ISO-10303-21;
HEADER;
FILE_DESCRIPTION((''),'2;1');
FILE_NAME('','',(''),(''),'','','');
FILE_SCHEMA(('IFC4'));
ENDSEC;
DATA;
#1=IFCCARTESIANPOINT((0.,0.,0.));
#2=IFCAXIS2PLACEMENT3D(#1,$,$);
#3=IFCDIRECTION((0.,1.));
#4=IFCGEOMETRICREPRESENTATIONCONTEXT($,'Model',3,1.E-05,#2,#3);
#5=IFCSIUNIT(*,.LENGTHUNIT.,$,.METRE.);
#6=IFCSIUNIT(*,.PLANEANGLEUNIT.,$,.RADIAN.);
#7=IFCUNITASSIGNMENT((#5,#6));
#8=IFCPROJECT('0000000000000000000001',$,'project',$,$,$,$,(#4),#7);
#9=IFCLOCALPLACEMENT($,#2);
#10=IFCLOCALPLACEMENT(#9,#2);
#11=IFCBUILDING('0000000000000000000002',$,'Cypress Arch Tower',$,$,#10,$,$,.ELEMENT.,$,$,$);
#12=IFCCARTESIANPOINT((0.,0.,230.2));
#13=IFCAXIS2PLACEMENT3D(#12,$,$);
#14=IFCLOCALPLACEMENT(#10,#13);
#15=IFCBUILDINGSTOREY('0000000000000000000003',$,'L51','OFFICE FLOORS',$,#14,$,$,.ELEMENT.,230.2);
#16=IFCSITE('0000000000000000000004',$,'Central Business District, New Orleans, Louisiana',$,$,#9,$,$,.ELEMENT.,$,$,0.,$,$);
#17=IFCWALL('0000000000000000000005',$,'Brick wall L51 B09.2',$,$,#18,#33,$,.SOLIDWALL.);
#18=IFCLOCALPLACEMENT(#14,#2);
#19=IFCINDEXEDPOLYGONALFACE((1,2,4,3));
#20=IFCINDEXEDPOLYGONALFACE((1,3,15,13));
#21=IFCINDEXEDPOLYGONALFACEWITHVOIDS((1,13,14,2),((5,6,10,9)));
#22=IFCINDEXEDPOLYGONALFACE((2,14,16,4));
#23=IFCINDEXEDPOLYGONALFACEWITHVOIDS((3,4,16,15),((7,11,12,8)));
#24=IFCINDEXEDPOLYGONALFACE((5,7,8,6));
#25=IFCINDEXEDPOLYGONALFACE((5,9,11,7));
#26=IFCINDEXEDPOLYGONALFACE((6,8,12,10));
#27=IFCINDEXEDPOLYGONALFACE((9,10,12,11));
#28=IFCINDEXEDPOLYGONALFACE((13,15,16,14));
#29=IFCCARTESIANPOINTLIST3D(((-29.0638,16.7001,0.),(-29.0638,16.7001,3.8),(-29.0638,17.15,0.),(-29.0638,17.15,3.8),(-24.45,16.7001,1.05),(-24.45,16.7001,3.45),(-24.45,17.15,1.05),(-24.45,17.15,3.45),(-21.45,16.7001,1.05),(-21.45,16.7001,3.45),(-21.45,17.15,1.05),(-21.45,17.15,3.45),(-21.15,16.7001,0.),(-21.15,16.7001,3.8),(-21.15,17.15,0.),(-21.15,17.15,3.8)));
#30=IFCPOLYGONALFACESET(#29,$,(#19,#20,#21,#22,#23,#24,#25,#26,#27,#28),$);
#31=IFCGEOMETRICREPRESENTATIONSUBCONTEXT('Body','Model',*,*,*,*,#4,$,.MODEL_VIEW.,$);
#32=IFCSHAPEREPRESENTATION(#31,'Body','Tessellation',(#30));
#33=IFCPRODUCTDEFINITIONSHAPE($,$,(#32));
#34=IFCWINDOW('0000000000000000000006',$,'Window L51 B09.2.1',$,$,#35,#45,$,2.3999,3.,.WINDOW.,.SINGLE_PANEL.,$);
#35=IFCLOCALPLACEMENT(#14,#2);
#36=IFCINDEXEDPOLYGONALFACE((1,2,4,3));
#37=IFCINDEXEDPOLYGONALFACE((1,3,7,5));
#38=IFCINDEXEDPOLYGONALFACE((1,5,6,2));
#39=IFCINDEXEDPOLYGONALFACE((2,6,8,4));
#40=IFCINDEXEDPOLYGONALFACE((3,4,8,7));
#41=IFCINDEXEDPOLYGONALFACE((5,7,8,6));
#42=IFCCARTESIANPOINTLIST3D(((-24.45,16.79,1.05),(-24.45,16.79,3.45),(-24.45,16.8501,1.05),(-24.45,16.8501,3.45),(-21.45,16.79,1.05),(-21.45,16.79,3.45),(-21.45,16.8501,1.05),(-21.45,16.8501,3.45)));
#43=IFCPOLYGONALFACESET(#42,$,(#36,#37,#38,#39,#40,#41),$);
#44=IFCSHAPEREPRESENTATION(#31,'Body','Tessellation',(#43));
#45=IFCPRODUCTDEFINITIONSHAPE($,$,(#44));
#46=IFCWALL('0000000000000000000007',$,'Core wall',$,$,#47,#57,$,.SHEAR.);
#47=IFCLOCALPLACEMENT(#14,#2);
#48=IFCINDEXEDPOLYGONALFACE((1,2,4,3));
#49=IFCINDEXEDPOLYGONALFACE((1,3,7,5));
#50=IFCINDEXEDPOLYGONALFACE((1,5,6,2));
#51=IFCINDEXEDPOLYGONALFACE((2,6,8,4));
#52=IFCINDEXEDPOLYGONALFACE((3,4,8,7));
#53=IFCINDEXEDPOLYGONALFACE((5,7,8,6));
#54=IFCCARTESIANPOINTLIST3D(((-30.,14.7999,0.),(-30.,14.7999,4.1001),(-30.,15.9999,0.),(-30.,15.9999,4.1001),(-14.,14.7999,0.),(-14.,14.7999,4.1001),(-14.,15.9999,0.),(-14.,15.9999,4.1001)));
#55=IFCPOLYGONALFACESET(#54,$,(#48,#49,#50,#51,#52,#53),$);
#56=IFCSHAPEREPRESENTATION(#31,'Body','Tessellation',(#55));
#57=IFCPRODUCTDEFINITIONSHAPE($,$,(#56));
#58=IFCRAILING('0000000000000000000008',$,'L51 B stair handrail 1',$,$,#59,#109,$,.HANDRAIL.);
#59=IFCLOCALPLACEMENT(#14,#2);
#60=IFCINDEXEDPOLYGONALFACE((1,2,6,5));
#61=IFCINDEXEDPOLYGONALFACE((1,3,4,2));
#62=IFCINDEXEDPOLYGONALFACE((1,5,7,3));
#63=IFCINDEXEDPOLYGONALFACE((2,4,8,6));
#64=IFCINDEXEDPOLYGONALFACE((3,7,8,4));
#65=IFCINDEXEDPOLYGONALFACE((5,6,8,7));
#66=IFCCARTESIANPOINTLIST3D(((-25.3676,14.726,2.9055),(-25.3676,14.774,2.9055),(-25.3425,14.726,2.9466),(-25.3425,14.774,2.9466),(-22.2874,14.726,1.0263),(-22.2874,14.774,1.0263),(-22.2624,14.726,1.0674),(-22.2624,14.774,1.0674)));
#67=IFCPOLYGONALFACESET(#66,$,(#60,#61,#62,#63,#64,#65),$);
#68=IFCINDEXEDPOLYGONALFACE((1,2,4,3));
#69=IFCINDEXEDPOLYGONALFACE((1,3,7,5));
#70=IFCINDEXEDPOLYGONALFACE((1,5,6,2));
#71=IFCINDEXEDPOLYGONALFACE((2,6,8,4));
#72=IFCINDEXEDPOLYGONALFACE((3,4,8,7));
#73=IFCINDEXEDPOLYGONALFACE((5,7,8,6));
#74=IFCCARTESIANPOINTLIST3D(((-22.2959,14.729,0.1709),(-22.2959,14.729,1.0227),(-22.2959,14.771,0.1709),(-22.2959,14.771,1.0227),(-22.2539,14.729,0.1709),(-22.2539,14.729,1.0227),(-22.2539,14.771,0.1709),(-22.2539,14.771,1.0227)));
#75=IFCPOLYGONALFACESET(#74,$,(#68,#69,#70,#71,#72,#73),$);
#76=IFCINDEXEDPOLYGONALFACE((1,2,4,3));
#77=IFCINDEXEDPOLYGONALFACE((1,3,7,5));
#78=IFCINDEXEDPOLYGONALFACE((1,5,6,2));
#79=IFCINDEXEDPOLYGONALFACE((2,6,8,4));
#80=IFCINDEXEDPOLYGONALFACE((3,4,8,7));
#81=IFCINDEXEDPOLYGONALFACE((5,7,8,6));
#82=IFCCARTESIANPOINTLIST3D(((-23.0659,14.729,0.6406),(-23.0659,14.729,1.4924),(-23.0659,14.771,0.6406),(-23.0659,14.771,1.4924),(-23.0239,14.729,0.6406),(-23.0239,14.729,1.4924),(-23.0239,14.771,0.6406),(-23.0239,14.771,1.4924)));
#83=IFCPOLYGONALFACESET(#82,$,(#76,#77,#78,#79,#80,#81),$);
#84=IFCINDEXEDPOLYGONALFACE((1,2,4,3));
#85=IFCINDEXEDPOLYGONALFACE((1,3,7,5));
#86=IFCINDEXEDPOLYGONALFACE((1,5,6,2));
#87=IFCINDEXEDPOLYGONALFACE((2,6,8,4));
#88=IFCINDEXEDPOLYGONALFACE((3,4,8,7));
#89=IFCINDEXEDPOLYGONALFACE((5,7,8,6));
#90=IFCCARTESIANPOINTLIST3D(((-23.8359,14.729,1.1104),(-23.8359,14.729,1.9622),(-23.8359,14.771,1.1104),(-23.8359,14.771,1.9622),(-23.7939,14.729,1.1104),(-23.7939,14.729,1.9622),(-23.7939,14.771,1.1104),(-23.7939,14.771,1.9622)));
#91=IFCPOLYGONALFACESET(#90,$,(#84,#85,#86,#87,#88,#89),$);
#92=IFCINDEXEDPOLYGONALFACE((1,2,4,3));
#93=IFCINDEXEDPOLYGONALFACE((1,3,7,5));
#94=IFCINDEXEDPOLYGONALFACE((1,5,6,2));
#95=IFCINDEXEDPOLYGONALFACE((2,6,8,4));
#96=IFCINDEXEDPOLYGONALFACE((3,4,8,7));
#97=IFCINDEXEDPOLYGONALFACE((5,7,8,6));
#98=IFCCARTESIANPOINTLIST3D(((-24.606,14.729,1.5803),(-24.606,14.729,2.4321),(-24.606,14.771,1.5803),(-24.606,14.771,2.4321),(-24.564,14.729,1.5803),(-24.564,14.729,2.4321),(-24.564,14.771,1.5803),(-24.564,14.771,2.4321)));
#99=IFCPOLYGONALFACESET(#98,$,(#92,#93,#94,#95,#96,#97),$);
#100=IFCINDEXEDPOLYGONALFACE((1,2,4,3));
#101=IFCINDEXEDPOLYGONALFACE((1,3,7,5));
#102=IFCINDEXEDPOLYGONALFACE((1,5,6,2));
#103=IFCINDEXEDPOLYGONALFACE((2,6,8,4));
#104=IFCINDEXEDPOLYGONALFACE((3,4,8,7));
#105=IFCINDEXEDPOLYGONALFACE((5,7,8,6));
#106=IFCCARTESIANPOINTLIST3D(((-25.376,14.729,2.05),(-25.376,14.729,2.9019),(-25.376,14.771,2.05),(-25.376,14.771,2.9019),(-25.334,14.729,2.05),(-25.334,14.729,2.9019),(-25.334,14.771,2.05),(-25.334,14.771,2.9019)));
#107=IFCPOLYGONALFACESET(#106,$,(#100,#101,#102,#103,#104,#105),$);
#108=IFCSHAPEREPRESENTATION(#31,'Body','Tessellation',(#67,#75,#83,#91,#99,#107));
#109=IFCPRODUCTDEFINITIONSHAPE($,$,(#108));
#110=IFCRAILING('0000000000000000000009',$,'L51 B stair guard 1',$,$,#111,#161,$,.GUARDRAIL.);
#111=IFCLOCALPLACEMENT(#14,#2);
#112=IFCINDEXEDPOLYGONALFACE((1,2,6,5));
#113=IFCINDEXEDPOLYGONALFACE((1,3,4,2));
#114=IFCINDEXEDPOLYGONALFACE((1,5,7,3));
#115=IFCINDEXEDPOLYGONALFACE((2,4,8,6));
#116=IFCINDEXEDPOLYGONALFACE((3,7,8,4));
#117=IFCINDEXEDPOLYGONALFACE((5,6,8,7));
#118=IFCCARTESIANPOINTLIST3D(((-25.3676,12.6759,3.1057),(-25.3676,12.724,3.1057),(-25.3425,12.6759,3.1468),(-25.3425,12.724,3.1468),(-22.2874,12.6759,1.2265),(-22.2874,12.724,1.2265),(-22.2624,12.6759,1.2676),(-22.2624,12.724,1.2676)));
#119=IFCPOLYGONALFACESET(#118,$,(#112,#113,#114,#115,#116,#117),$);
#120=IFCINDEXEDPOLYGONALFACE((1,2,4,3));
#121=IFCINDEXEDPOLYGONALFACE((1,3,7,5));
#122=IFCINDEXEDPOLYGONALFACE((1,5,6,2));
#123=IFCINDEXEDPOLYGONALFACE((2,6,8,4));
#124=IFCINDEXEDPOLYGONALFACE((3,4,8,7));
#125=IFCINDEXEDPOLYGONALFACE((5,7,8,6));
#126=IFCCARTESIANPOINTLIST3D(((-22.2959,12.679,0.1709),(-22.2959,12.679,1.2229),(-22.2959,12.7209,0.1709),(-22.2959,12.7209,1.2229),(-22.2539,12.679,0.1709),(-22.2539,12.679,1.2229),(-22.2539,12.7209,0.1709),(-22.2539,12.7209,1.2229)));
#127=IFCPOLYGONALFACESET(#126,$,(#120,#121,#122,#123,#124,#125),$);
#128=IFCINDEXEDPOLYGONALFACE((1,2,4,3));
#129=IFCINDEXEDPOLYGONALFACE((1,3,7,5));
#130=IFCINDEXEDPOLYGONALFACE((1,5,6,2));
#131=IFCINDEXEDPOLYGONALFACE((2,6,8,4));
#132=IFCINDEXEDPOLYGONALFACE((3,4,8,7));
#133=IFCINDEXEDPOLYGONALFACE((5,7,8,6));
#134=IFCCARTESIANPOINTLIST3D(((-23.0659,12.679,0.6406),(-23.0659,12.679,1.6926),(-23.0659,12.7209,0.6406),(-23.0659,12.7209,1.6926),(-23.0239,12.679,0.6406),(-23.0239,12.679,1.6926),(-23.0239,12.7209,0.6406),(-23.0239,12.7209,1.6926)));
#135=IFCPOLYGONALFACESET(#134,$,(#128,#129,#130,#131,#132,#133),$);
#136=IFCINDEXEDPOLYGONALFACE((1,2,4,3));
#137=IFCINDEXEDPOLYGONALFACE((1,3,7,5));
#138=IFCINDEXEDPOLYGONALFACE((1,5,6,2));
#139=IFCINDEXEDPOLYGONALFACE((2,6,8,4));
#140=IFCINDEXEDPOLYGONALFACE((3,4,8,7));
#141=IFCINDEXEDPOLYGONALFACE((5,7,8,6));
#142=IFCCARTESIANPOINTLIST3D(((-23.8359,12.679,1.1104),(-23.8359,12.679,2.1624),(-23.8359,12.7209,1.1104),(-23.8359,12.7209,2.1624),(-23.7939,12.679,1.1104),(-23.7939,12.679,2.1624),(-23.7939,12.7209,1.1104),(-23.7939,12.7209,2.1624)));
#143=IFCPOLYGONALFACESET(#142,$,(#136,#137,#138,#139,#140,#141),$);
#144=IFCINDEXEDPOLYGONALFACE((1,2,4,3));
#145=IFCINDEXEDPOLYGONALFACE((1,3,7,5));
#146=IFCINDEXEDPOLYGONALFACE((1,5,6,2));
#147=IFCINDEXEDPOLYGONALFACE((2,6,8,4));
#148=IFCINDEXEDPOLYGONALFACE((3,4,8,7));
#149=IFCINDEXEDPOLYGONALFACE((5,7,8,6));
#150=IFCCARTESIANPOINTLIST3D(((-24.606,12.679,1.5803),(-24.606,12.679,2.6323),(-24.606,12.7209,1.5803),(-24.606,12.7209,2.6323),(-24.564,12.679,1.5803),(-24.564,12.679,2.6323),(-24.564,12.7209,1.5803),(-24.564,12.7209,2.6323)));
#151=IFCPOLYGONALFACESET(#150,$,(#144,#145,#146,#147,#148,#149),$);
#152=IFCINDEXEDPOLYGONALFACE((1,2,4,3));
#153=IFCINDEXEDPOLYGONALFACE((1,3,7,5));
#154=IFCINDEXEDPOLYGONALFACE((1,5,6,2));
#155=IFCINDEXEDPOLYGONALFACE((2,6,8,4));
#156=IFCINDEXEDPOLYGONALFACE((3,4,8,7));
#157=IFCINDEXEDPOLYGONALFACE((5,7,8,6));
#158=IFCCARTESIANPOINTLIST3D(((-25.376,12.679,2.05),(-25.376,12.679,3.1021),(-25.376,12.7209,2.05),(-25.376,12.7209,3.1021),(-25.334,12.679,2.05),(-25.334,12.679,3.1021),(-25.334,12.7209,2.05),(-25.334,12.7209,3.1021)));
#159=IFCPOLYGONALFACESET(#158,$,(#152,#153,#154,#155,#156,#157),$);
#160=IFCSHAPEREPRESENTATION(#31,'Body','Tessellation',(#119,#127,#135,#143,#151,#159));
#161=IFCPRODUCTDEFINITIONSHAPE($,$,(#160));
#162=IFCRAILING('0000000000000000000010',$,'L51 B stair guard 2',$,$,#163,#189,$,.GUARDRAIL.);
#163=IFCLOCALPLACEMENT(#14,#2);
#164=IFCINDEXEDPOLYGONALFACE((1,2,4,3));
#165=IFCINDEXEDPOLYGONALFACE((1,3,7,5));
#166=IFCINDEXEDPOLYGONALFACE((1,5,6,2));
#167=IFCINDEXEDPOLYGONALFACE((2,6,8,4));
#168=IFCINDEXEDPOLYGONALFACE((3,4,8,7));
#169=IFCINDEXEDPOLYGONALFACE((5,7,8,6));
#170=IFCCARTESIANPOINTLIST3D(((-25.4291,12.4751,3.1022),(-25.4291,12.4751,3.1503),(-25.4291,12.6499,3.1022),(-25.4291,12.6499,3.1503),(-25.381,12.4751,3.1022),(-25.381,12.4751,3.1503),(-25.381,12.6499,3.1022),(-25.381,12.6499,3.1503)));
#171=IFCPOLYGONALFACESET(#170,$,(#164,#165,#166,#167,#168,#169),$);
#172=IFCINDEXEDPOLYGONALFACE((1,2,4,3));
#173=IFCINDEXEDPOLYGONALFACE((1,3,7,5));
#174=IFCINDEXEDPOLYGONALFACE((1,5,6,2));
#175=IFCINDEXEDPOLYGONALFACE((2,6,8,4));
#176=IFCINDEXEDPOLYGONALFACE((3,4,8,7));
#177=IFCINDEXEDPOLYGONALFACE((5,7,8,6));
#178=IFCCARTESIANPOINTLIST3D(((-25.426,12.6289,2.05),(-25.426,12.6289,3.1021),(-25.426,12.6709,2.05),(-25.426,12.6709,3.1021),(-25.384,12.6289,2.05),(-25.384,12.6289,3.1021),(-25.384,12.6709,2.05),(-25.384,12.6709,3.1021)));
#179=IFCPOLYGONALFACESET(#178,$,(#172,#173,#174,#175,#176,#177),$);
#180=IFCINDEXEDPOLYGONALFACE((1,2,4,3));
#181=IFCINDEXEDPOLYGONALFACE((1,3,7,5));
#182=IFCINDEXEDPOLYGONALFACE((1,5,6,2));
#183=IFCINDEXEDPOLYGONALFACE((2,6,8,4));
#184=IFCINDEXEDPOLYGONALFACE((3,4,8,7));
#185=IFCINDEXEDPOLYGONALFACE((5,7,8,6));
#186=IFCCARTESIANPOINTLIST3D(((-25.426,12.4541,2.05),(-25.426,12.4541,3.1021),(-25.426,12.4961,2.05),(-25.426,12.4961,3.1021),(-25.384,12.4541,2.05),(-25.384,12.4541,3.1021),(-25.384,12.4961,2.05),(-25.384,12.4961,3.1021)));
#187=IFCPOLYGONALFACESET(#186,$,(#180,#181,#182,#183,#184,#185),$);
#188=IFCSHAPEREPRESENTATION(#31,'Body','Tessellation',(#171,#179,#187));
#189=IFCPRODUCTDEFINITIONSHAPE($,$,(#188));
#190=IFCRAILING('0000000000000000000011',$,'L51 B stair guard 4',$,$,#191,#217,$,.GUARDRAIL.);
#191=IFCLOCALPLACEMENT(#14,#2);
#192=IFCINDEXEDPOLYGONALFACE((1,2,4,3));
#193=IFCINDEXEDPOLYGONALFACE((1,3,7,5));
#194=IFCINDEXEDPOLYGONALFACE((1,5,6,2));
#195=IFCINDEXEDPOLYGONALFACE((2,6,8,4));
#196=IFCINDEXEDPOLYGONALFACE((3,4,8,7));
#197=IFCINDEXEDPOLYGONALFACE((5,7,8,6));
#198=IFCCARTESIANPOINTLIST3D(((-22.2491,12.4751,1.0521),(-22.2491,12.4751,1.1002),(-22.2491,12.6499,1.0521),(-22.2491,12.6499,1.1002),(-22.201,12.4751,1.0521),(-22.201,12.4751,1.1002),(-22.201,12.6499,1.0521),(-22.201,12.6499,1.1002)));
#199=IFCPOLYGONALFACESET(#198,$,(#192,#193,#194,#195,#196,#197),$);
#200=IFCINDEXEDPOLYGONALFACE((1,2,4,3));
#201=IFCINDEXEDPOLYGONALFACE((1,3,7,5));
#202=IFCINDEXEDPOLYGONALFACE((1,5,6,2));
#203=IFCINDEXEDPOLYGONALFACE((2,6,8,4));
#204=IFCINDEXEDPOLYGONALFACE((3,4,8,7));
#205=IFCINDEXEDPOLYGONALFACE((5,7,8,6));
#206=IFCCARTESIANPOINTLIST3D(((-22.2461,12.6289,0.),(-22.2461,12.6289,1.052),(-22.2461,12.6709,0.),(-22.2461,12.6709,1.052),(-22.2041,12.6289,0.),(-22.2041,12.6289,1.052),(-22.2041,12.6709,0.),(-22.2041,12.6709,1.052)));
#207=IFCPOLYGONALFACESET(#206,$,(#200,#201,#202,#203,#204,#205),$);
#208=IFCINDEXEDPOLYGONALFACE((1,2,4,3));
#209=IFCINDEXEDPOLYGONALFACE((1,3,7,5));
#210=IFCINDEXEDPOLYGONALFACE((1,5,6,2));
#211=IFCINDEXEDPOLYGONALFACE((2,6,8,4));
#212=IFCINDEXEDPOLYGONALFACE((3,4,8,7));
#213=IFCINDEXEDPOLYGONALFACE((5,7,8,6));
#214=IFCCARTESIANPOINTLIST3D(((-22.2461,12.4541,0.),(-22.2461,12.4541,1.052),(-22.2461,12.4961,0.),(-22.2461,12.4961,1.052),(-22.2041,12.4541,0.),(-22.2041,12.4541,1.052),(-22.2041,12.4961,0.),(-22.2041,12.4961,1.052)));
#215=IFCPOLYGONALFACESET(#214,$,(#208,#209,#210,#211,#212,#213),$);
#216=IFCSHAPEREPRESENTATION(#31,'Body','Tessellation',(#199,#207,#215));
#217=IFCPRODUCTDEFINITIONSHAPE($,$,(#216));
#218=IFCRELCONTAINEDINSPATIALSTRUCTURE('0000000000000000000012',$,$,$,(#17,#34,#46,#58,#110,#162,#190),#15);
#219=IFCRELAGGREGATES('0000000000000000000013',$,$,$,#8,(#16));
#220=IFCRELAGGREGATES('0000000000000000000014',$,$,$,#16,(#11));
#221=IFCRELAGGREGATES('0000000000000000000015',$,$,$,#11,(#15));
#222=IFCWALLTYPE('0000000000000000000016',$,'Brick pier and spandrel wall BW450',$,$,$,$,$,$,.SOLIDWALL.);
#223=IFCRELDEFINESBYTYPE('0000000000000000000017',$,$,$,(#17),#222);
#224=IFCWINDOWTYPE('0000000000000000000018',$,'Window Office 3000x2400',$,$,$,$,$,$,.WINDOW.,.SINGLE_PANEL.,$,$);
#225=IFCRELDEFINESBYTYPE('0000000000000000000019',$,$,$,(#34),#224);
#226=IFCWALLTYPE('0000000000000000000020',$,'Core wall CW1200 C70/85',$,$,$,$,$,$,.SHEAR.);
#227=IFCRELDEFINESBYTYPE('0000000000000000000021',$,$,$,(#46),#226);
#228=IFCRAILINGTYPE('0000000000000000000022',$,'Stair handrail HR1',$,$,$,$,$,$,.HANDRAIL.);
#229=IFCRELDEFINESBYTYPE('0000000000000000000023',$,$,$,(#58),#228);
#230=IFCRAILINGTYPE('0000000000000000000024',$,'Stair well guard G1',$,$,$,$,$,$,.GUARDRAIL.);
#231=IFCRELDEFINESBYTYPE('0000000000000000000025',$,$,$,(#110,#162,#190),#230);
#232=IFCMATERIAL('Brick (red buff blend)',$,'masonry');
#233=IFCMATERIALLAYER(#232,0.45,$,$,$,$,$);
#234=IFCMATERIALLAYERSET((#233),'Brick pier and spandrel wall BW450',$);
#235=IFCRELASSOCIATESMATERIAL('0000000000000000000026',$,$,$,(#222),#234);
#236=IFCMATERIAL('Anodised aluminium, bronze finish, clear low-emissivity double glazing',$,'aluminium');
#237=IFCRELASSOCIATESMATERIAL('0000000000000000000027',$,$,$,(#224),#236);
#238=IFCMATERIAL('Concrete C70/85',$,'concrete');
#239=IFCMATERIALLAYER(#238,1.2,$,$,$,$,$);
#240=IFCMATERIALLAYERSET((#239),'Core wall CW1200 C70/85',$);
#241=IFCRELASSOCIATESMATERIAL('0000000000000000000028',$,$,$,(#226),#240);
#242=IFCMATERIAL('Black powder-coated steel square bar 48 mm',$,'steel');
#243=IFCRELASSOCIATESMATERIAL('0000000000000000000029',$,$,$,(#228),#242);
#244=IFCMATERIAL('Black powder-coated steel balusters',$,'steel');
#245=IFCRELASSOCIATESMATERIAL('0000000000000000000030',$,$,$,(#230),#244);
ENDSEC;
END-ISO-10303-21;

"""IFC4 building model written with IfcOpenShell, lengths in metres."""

from ifc_helpers import new_model, si_unit, direction, frame, frame_2d, origin, origin_2d, place, context, subcontext, project, spatial, rectangle, extrude, material, layer, layer_set, type_object, element, fill, save


model = new_model("IFC4")

# Units and contexts
model_context = context("Model", 3, precision=1e-05, world=origin(), true_north=direction((0.0, 1.0)))
body_context = subcontext(model_context, "Body", "Model", "MODEL_VIEW")
ifc_project = project(units=[si_unit("LENGTHUNIT", "METRE"), si_unit("PLANEANGLEUNIT", "RADIAN")], contexts=[model_context])

# Site, building, storey
site_placement = place(None, origin())
site = spatial("IfcSite", under=ifc_project, at=site_placement, Name="Central Business District, New Orleans, Louisiana", CompositionType="ELEMENT", RefElevation=0.0)
building_placement = place(site_placement, origin())
building = spatial("IfcBuilding", under=site, at=building_placement, Name="Cypress Arch Tower", CompositionType="ELEMENT")
storey_placement = place(building_placement, frame((0.0, 0.0, 230.2)))
storey = spatial("IfcBuildingStorey", under=building, at=storey_placement, Name="L51", Description="OFFICE FLOORS", CompositionType="ELEMENT", Elevation=230.2)

# Wall, opening, window
ifc_material_1 = material(Name="Brick (red buff blend)", Category="masonry")
ifc_layer_1 = layer(ifc_material_1, 0.45)
ifc_layer_set_1 = layer_set([ifc_layer_1], Name="Brick pier and spandrel wall BW450")
wall_type_1 = type_object("IfcWallType", Name="Brick pier and spandrel wall BW450", PredefinedType="SOLIDWALL", material=ifc_layer_set_1)
wall_1_placement = place(storey_placement, frame((-21.1499, 16.925, 0.0), z_axis=(0.0, 0.0, 1.0), x_axis=(-1.0, 0.0, 0.0)))
wall_1 = element("IfcWall", 1, at=wall_1_placement, inside=storey, type_object=wall_type_1, Name="Brick wall L51 B09.2", PredefinedType="SOLIDWALL", context=body_context, shape_type="SweptSolid", body=[
    extrude(rectangle(XDim=7.9138, YDim=0.45, at=frame_2d((3.957, 0.0))), origin(), (0.0, 0.0, 1.0), 3.8),
])
opening_placement = place(wall_1_placement, frame((0.3, 0.0, 1.05)))
opening = element("IfcOpeningElement", 2, at=opening_placement, cuts=wall_1, PredefinedType="OPENING", context=body_context, shape_type="SweptSolid", body=[
    extrude(rectangle(XDim=3.0, YDim=2.3999, at=frame_2d((1.5, 1.2))), frame((0.0, 0.2349, 0.0), z_axis=(0.0, -1.0, 0.0), x_axis=(1.0, 0.0, 0.0)), (0.0, 0.0, 1.0), 0.47),
])
ifc_material_2 = material(Name="Anodised aluminium, bronze finish, clear low-emissivity double glazing", Category="aluminium")
window_type = type_object("IfcWindowType", Name="Window Office 3000x2400", PartitioningType="SINGLE_PANEL", PredefinedType="WINDOW", material=ifc_material_2)
window_placement = place(opening_placement, origin())
window = element("IfcWindow", 3, at=window_placement, inside=storey, type_object=window_type, Name="Window L51 B09.2.1", OverallHeight=2.3999, OverallWidth=3.0, PartitioningType="SINGLE_PANEL", PredefinedType="WINDOW", context=body_context, shape_type="SweptSolid", body=[
    extrude(rectangle(XDim=3.0, YDim=2.3999, at=frame_2d((1.5, 1.2))), frame((0.0, 0.135, 0.0), z_axis=(0.0, -1.0, 0.0), x_axis=(1.0, 0.0, 0.0)), (0.0, 0.0, 1.0), 0.0601),
])
fill(opening, window)

# Wall
ifc_material_3 = material(Name="Concrete C70/85", Category="concrete")
ifc_layer_2 = layer(ifc_material_3, 1.2)
ifc_layer_set_2 = layer_set([ifc_layer_2], Name="Core wall CW1200 C70/85")
wall_type_2 = type_object("IfcWallType", Name="Core wall CW1200 C70/85", PredefinedType="SHEAR", material=ifc_layer_set_2)
wall_2_placement = place(storey_placement, frame((-30.0, 15.3999, 0.0), z_axis=(0.0, 0.0, 1.0), x_axis=(1.0, 0.0, 0.0)))
element("IfcWall", 4, at=wall_2_placement, inside=storey, type_object=wall_type_2, Name="Core wall", PredefinedType="SHEAR", context=body_context, shape_type="SweptSolid", body=[
    extrude(rectangle(XDim=16.0, YDim=1.2, at=frame_2d((8.0, 0.0))), origin(), (0.0, 0.0, 1.0), 4.1001),
])

# Railings
ifc_material_4 = material(Name="Black powder-coated steel square bar 48 mm", Category="steel")
railing_type_1 = type_object("IfcRailingType", Name="Stair handrail HR1", PredefinedType="HANDRAIL", material=ifc_material_4)
railing_1_placement = place(storey_placement, frame((-22.2749, 14.75, 0.1709)))
element("IfcRailing", 5, at=railing_1_placement, inside=storey, type_object=railing_type_1, Name="L51 B stair handrail 1", PredefinedType="HANDRAIL", context=body_context, shape_type="SweptSolid", body=[
    extrude(rectangle(XDim=0.0481, YDim=0.0481, at=origin_2d()), frame((0.0, 0.0, 0.876), z_axis=(-0.853666, 0.0, 0.52082), x_axis=(0.0, -1.0, 0.0)), (0.0, 0.0, 1.0), 3.6082),
    extrude(rectangle(XDim=0.042, YDim=0.042, at=origin_2d()), origin(), (0.0, 0.0, 1.0), 0.8518),
    extrude(rectangle(XDim=0.042, YDim=0.042, at=origin_2d()), frame((-0.77, 0.0, 0.4697)), (0.0, 0.0, 1.0), 0.8518),
    extrude(rectangle(XDim=0.042, YDim=0.042, at=origin_2d()), frame((-1.54, 0.0, 0.9395)), (0.0, 0.0, 1.0), 0.8518),
    extrude(rectangle(XDim=0.042, YDim=0.042, at=origin_2d()), frame((-2.3101, 0.0, 1.4094)), (0.0, 0.0, 1.0), 0.8518),
    extrude(rectangle(XDim=0.042, YDim=0.042, at=origin_2d()), frame((-3.0801, 0.0, 1.8792)), (0.0, 0.0, 1.0), 0.8518),
])
ifc_material_5 = material(Name="Black powder-coated steel balusters", Category="steel")
railing_type_2 = type_object("IfcRailingType", Name="Stair well guard G1", PredefinedType="GUARDRAIL", material=ifc_material_5)
railing_2_placement = place(storey_placement, frame((-22.2749, 12.7, 0.1709)))
element("IfcRailing", 6, at=railing_2_placement, inside=storey, type_object=railing_type_2, Name="L51 B stair guard 1", PredefinedType="GUARDRAIL", context=body_context, shape_type="SweptSolid", body=[
    extrude(rectangle(XDim=0.0481, YDim=0.0481, at=origin_2d()), frame((0.0, 0.0, 1.0762), z_axis=(-0.853666, 0.0, 0.52082), x_axis=(0.0, -1.0, 0.0)), (0.0, 0.0, 1.0), 3.6082),
    extrude(rectangle(XDim=0.042, YDim=0.042, at=origin_2d()), origin(), (0.0, 0.0, 1.0), 1.052),
    extrude(rectangle(XDim=0.042, YDim=0.042, at=origin_2d()), frame((-0.77, 0.0, 0.4697)), (0.0, 0.0, 1.0), 1.052),
    extrude(rectangle(XDim=0.042, YDim=0.042, at=origin_2d()), frame((-1.54, 0.0, 0.9395)), (0.0, 0.0, 1.0), 1.052),
    extrude(rectangle(XDim=0.042, YDim=0.042, at=origin_2d()), frame((-2.3101, 0.0, 1.4094)), (0.0, 0.0, 1.0), 1.052),
    extrude(rectangle(XDim=0.042, YDim=0.042, at=origin_2d()), frame((-3.0801, 0.0, 1.8792)), (0.0, 0.0, 1.0), 1.052),
])
for number, where, name in (
    (7, (-25.405, 12.6499, 2.05), "L51 B stair guard 2"),
    (8, (-22.2251, 12.6499, 0.0), "L51 B stair guard 4"),
):
    element("IfcRailing", number, at=place(storey_placement, frame(where)), inside=storey, type_object=railing_type_2, Name=name, PredefinedType="GUARDRAIL", context=body_context, shape_type="SweptSolid", body=[
        extrude(rectangle(XDim=0.0481, YDim=0.0481, at=origin_2d()), frame((0.0, 0.0, 1.0762), z_axis=(0.0, -1.0, 0.0), x_axis=(1.0, 0.0, 0.0)), (0.0, 0.0, 1.0), 0.1748),
        extrude(rectangle(XDim=0.042, YDim=0.042, at=origin_2d()), origin(), (0.0, 0.0, 1.0), 1.052),
        extrude(rectangle(XDim=0.042, YDim=0.042, at=origin_2d()), frame((0.0, -0.1748, 0.0)), (0.0, 0.0, 1.0), 1.052),
    ])

save(model, "model.ifc")
